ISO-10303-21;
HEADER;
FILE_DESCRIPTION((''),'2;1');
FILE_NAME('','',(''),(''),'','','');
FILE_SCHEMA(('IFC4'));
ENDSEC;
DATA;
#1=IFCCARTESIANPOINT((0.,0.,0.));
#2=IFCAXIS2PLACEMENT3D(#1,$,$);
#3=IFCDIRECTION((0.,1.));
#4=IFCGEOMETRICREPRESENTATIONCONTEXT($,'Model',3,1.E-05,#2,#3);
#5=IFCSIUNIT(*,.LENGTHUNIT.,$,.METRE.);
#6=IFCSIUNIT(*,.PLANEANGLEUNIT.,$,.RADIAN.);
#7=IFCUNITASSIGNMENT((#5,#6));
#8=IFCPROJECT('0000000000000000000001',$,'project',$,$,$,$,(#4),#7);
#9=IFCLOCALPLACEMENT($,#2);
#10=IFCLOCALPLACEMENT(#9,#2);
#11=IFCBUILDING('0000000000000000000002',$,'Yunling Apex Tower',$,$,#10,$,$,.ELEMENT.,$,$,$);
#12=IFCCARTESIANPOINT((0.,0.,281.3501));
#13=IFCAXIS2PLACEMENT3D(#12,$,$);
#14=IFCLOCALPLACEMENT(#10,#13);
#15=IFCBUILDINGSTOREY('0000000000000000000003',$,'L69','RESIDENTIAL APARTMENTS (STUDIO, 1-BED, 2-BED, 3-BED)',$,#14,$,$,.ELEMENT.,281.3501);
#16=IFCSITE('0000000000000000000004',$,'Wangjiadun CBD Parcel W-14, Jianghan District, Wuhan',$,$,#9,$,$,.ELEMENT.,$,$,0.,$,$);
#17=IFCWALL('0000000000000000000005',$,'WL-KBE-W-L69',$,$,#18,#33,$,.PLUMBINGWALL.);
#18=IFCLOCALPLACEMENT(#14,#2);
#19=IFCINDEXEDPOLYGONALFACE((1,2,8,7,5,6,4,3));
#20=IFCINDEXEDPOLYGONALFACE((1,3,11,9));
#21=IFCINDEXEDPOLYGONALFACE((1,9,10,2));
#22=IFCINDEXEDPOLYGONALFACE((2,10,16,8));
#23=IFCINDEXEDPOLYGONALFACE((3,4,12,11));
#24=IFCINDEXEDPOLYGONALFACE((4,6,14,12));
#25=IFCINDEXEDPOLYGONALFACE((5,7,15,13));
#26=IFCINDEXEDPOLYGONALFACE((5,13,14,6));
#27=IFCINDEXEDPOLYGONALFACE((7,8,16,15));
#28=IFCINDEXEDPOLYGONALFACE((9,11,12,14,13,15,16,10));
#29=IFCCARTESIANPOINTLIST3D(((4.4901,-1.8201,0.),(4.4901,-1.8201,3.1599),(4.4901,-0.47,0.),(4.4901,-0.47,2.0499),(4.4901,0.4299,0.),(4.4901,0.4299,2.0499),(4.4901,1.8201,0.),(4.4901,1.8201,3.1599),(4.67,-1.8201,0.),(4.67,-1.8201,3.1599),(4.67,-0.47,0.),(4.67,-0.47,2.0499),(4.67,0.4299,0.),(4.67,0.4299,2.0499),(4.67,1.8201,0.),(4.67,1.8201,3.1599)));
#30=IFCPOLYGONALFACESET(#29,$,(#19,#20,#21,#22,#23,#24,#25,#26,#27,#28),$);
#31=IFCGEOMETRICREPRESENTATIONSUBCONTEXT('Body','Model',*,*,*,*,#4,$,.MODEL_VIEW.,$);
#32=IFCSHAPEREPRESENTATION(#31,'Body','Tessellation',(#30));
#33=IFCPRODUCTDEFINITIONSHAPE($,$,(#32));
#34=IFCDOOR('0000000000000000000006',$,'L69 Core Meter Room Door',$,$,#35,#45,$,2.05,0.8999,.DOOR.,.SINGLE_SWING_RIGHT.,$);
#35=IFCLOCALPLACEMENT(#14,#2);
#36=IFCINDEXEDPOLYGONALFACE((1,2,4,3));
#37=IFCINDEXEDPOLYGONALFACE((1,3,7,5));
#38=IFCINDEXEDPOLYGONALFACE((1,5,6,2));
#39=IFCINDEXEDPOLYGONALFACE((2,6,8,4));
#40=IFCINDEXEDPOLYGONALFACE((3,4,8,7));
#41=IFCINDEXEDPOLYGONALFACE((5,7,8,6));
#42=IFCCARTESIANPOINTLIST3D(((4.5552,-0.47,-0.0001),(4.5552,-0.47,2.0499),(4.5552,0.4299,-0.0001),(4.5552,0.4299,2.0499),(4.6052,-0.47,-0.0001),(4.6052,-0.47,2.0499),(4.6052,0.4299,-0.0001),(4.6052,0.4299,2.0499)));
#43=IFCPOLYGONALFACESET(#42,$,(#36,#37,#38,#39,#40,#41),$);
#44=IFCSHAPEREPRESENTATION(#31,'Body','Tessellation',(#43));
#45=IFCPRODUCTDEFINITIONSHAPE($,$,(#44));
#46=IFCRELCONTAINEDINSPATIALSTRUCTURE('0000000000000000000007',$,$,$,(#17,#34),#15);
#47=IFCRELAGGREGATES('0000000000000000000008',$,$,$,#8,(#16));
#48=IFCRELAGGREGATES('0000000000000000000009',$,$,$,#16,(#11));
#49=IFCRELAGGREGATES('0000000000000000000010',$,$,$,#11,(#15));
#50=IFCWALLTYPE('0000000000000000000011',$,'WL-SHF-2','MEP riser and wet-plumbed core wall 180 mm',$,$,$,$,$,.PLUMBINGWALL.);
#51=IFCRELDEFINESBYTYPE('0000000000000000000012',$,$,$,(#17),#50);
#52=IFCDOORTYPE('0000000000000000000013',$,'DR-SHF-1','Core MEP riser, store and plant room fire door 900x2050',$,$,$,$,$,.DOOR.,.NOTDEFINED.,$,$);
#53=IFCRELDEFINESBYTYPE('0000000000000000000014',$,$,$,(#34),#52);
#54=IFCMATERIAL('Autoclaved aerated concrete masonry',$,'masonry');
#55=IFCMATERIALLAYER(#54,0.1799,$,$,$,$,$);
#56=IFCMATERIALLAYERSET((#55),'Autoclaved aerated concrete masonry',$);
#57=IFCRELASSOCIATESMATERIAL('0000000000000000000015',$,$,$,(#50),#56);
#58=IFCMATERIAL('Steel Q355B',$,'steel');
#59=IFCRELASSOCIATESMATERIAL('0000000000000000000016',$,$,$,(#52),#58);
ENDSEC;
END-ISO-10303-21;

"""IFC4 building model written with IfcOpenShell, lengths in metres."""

from ifc_helpers import new_model, si_unit, direction, frame, frame_2d, origin, place, context, subcontext, project, spatial, rectangle, extrude, material, layer, layer_set, type_object, element, fill, save


model = new_model("IFC4")

# Units and contexts
model_context = context("Model", 3, precision=1e-05, world=origin(), true_north=direction((0.0, 1.0)))
body_context = subcontext(model_context, "Body", "Model", "MODEL_VIEW")
ifc_project = project(units=[si_unit("LENGTHUNIT", "METRE"), si_unit("PLANEANGLEUNIT", "RADIAN")], contexts=[model_context])

# Site, building, storey
site_placement = place(None, origin())
site = spatial("IfcSite", under=ifc_project, at=site_placement, Name="Wangjiadun CBD Parcel W-14, Jianghan District, Wuhan", CompositionType="ELEMENT", RefElevation=0.0)
building_placement = place(site_placement, origin())
building = spatial("IfcBuilding", under=site, at=building_placement, Name="Yunling Apex Tower", CompositionType="ELEMENT")
storey_placement = place(building_placement, frame((0.0, 0.0, 281.3501)))
storey = spatial("IfcBuildingStorey", under=building, at=storey_placement, Name="L69", Description="RESIDENTIAL APARTMENTS (STUDIO, 1-BED, 2-BED, 3-BED)", CompositionType="ELEMENT", Elevation=281.3501)

# Shared definitions
ifc_material_1 = material(Name="Steel Q355B", Category="steel")

# Wall, opening, door
ifc_material_2 = material(Name="Autoclaved aerated concrete masonry", Category="masonry")
ifc_layer_1 = layer(ifc_material_2, 0.1799)
ifc_layer_set_1 = layer_set([ifc_layer_1], Name="Autoclaved aerated concrete masonry")
wall_type_1 = type_object("IfcWallType", Name="WL-SHF-2", Description="MEP riser and wet-plumbed core wall 180 mm", PredefinedType="PLUMBINGWALL", material=ifc_layer_set_1)
wall_1_placement = place(storey_placement, frame((4.5801, -1.8201, 0.0), z_axis=(0.0, 0.0, 1.0), x_axis=(0.0, 1.0, 0.0)))
wall_1 = element("IfcWall", 1, at=wall_1_placement, inside=storey, type_object=wall_type_1, Name="WL-KBE-W-L69", PredefinedType="PLUMBINGWALL", context=body_context, shape_type="SweptSolid", body=[
    extrude(rectangle(XDim=3.6401, YDim=0.1799, at=frame_2d((1.8201, 0.0))), origin(), (0.0, 0.0, 1.0), 3.1599),
])
opening_1_placement = place(wall_1_placement, frame((1.3501, 0.0, 0.0)))
opening_1 = element("IfcOpeningElement", 2, at=opening_1_placement, cuts=wall_1, PredefinedType="OPENING", context=body_context, shape_type="SweptSolid", body=[
    extrude(rectangle(XDim=0.8999, YDim=2.05, at=frame_2d((0.45, 1.0249))), frame((0.0, 0.1001, 0.0), z_axis=(0.0, -1.0, 0.0), x_axis=(1.0, 0.0, 0.0)), (0.0, 0.0, 1.0), 0.2),
])
door_type_1 = type_object("IfcDoorType", Name="DR-SHF-1", Description="Core MEP riser, store and plant room fire door 900x2050", OperationType="NOTDEFINED", PredefinedType="DOOR", material=ifc_material_1)
door_1_placement = place(opening_1_placement, origin())
door_1 = element("IfcDoor", 3, at=door_1_placement, inside=storey, type_object=door_type_1, Name="L69 Core Meter Room Door", OperationType="SINGLE_SWING_RIGHT", OverallHeight=2.05, OverallWidth=0.8999, PredefinedType="DOOR", context=body_context, shape_type="SweptSolid", body=[
    extrude(rectangle(XDim=0.8999, YDim=2.05, at=frame_2d((0.45, 1.0249))), frame((0.0, 0.0249, 0.0), z_axis=(0.0, -1.0, 0.0), x_axis=(1.0, 0.0, 0.0)), (0.0, 0.0, 1.0), 0.05),
])
fill(opening_1, door_1)

save(model, "model.ifc")
